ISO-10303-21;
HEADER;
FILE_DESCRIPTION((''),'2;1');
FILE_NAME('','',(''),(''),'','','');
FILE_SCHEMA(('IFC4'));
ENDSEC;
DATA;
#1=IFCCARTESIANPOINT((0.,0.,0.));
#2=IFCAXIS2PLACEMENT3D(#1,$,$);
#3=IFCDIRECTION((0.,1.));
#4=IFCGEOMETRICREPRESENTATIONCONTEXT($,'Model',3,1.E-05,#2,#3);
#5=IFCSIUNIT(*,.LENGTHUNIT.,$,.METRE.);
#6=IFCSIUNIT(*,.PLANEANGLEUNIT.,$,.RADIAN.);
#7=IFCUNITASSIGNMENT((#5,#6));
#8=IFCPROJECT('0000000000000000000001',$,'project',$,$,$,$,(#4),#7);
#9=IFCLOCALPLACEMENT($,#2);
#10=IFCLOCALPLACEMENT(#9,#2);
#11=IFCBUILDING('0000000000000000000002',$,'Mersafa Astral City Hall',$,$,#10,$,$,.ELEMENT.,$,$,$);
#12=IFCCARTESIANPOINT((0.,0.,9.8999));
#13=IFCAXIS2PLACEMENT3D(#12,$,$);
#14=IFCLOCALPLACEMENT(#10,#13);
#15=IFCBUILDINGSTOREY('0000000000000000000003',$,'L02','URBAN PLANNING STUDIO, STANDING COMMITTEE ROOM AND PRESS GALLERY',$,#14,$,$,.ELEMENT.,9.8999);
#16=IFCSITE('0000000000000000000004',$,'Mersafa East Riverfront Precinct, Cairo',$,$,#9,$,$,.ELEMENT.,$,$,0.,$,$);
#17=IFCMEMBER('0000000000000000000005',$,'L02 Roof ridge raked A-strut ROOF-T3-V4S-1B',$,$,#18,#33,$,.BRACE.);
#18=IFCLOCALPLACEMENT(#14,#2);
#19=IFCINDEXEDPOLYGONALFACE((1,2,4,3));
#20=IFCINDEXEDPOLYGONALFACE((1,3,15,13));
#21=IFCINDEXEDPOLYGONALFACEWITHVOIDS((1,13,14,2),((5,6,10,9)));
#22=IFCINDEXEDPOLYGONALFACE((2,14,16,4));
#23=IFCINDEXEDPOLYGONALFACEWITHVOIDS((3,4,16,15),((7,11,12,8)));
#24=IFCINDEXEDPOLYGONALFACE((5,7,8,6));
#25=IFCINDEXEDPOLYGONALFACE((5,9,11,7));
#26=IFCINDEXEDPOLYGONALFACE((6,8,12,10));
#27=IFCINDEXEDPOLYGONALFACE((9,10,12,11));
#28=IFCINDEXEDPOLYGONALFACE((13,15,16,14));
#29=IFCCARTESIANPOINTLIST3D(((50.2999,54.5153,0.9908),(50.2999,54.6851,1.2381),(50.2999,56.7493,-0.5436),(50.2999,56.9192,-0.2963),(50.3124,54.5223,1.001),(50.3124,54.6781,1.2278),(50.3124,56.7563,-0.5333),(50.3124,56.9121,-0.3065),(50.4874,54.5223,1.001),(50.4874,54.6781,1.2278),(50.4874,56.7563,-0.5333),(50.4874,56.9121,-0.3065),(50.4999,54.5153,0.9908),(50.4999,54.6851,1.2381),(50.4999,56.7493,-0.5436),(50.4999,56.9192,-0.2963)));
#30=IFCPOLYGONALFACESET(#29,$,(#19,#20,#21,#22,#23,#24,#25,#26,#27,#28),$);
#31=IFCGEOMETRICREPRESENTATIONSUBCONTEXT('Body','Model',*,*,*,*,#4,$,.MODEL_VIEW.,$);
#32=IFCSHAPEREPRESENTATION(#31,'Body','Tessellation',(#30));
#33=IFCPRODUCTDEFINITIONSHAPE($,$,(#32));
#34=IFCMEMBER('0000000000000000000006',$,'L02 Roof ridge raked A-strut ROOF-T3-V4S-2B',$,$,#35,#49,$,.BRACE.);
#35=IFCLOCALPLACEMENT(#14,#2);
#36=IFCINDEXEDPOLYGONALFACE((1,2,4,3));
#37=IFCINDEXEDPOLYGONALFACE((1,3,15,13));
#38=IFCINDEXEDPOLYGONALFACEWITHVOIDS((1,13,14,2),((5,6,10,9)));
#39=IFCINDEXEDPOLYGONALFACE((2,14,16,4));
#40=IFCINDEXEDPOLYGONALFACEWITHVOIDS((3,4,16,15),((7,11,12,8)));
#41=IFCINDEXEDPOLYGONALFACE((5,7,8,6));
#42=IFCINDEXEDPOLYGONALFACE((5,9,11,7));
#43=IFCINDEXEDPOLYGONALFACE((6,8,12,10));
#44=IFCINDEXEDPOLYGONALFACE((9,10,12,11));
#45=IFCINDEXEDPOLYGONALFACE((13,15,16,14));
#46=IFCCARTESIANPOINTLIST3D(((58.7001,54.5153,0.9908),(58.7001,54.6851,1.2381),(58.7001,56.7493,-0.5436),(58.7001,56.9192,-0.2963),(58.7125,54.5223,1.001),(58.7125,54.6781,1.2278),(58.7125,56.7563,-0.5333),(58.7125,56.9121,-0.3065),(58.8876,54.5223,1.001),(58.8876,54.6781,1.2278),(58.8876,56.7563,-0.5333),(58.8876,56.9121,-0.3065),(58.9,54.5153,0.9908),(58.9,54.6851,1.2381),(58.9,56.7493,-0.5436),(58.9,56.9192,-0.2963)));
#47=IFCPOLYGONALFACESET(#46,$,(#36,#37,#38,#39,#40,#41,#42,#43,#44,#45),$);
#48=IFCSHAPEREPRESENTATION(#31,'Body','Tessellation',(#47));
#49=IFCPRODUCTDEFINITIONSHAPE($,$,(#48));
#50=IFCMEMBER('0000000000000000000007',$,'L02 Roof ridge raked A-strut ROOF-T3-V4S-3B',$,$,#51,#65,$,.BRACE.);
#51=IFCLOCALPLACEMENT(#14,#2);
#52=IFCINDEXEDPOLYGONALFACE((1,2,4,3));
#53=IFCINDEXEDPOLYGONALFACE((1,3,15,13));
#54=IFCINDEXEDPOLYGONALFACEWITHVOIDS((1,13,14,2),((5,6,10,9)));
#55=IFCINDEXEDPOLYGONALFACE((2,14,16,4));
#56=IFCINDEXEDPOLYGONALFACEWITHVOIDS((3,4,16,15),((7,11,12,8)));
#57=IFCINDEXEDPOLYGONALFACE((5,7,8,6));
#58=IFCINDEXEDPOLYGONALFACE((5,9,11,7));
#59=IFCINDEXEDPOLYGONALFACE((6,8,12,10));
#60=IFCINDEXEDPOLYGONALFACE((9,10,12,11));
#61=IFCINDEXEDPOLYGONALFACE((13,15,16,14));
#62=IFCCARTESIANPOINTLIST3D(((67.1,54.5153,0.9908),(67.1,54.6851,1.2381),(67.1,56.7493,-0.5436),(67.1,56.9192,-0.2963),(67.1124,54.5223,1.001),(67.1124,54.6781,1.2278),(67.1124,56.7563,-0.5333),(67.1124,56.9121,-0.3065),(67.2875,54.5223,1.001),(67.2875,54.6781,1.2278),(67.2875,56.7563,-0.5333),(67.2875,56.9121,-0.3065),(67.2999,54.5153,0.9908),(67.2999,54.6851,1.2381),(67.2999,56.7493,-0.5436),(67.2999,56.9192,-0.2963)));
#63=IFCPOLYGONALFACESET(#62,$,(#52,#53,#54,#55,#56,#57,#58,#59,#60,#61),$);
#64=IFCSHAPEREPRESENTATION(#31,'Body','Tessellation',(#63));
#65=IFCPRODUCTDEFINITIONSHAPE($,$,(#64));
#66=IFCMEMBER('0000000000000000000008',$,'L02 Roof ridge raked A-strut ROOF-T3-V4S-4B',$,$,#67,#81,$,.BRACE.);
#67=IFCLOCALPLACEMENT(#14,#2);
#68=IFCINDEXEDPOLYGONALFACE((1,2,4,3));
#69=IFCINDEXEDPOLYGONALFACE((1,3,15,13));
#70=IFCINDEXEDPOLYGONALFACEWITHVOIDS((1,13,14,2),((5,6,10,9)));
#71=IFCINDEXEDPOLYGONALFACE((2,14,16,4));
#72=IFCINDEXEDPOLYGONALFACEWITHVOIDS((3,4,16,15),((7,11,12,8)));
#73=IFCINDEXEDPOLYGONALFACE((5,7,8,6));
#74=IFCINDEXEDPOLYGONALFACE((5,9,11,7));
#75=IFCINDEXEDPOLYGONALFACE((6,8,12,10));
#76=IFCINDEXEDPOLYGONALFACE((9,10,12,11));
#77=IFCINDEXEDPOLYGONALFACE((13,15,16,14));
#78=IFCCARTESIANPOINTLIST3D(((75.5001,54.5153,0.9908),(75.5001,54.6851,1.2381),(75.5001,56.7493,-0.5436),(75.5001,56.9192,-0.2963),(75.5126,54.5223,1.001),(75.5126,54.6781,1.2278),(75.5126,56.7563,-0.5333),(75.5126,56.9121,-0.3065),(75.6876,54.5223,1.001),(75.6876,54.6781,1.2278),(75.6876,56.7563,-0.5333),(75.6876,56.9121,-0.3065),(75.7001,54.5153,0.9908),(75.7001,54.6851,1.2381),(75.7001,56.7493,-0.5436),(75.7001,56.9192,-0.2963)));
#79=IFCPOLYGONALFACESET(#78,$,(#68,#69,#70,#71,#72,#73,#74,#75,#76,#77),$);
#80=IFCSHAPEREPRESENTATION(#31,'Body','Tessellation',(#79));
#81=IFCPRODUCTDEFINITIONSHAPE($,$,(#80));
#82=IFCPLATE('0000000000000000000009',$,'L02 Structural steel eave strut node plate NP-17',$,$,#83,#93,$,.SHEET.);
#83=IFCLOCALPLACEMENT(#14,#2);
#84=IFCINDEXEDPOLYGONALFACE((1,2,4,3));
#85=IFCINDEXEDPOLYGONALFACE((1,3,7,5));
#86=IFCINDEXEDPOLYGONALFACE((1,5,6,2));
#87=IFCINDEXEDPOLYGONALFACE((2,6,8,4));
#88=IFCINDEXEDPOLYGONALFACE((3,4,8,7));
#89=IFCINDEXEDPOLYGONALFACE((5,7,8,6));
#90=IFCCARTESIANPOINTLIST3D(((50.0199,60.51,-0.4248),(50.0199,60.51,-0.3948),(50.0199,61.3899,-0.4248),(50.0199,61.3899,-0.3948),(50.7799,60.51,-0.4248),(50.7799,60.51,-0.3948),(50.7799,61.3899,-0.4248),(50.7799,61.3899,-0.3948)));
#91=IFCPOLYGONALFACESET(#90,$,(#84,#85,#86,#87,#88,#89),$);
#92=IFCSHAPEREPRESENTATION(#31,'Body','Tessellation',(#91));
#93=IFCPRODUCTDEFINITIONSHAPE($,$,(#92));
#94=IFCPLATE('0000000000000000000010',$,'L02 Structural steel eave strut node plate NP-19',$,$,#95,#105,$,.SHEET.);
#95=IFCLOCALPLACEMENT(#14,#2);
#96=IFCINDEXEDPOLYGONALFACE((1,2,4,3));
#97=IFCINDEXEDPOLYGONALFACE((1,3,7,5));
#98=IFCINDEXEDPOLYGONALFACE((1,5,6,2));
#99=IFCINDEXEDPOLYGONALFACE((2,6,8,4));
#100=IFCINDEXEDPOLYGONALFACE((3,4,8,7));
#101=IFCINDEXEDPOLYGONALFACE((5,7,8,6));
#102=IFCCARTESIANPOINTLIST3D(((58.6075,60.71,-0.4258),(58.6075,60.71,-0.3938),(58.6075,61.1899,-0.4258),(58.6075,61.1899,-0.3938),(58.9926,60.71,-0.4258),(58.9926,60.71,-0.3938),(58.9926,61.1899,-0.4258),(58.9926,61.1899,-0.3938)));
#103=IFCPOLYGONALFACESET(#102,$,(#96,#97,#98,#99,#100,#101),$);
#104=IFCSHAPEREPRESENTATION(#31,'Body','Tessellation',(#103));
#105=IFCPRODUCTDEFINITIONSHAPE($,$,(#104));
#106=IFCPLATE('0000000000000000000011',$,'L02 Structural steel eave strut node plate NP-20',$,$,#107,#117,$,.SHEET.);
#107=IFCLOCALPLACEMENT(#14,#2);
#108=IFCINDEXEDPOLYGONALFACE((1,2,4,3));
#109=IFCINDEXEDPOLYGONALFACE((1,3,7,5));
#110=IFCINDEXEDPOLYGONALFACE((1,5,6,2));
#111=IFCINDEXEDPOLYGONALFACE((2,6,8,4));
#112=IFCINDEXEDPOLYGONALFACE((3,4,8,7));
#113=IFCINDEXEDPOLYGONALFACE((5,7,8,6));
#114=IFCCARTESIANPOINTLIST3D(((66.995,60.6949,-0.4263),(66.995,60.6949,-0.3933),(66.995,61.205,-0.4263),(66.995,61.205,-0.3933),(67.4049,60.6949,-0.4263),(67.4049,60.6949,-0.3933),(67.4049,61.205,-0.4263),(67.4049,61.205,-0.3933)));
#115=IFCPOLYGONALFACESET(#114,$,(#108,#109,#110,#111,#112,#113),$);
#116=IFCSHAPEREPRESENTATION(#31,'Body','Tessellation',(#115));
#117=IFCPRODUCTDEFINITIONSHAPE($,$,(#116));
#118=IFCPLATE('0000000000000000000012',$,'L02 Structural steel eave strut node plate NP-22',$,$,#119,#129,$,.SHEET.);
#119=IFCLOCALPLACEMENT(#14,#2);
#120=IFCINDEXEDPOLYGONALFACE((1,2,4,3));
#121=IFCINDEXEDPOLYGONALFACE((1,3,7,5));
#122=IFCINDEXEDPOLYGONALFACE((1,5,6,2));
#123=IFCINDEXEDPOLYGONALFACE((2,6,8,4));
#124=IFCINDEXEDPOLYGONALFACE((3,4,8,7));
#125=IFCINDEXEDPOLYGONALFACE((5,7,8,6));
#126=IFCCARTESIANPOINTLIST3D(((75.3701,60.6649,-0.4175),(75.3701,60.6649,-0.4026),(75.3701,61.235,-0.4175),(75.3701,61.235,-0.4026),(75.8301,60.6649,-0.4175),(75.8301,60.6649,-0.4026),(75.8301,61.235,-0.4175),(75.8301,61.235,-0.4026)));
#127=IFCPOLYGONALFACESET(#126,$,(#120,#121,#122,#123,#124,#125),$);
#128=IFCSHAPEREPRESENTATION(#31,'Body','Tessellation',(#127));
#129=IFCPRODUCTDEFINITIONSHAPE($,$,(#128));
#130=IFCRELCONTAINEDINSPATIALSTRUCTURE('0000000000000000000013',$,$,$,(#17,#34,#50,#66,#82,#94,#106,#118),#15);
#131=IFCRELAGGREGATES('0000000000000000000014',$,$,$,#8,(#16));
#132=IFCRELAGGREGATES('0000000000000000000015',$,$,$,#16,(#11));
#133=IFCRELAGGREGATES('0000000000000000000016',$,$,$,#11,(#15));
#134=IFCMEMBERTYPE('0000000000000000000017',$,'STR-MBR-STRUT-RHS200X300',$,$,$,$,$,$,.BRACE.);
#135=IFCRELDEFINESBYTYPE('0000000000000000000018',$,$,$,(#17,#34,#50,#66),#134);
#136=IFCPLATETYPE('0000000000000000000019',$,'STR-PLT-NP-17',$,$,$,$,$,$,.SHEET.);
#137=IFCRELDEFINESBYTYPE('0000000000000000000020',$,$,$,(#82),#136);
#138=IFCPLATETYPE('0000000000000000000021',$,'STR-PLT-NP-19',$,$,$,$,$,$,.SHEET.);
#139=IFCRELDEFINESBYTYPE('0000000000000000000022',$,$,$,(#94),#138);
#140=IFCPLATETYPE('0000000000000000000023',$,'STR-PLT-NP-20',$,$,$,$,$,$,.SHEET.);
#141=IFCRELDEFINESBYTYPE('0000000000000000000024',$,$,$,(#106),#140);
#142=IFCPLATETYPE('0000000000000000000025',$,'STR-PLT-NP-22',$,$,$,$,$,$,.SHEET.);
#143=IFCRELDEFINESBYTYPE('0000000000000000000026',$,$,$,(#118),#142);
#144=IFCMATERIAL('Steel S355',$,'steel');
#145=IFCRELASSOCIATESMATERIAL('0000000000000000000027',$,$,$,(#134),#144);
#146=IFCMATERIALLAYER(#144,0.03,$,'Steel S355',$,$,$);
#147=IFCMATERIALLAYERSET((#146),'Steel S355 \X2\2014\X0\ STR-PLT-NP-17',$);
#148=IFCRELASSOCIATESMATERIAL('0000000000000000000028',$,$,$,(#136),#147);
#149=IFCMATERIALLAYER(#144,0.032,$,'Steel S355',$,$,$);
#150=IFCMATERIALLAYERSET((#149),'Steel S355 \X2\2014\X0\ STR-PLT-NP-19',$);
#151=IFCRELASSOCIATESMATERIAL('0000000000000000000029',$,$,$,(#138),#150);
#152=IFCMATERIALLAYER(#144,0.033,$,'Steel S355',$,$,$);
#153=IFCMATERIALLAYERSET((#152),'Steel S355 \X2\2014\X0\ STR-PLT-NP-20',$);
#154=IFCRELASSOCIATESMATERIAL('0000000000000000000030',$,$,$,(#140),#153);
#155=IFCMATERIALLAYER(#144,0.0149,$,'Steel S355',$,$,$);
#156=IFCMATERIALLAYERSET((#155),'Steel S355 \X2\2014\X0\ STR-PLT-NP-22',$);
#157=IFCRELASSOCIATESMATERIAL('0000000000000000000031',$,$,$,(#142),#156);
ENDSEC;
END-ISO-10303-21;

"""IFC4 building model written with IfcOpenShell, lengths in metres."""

from ifc_helpers import new_model, si_unit, direction, frame, origin, origin_2d, place, context, subcontext, project, spatial, rectangle, hollow_rectangle, extrude, material, layer, layer_set, material_profile, profile_set, type_object, element, save


model = new_model("IFC4")

# Units and contexts
model_context = context("Model", 3, precision=1e-05, world=origin(), true_north=direction((0.0, 1.0)))
body_context = subcontext(model_context, "Body", "Model", "MODEL_VIEW")
ifc_project = project(units=[si_unit("LENGTHUNIT", "METRE"), si_unit("PLANEANGLEUNIT", "RADIAN")], contexts=[model_context])

# Site, building, storey
site_placement = place(None, origin())
site = spatial("IfcSite", under=ifc_project, at=site_placement, Name="Mersafa East Riverfront Precinct, Cairo", CompositionType="ELEMENT", RefElevation=0.0)
building_placement = place(site_placement, origin())
building = spatial("IfcBuilding", under=site, at=building_placement, Name="Mersafa Astral City Hall", CompositionType="ELEMENT")
storey_placement = place(building_placement, frame((0.0, 0.0, 9.8999)))
storey = spatial("IfcBuildingStorey", under=building, at=storey_placement, Name="L02", Description="URBAN PLANNING STUDIO, STANDING COMMITTEE ROOM AND PRESS GALLERY", CompositionType="ELEMENT", Elevation=9.8999)

# Shared definitions
ifc_material = material(Name="Steel S355", Category="steel")

# Members
ifc_material_profile_1 = material_profile(ifc_material, hollow_rectangle(XDim=0.2, YDim=0.3, WallThickness=0.0125, at=origin_2d()), Name="RHS 200x300x12.5")
ifc_profile_set_1 = profile_set([ifc_material_profile_1], Name="Steel S355")
member_type_1 = type_object("IfcMemberType", Name="STR-MBR-STRUT-RHS200X300", PredefinedType="BRACE", material=ifc_profile_set_1)
for number, where, z_axis, x_axis, name in (
    (1, (50.3999, 56.8342, -0.4199), (0.0, -0.824307, 0.566143), (1.0, 0.0, 0.0), "L02 Roof ridge raked A-strut ROOF-T3-V4S-1B"),
    (2, (58.8, 56.8342, -0.4199), (0.0, -0.824307, 0.566143), (1.0, 0.0, 0.0), "L02 Roof ridge raked A-strut ROOF-T3-V4S-2B"),
    (3, (67.2, 56.8342, -0.4199), (0.0, -0.824307, 0.566143), (1.0, 0.0, 0.0), "L02 Roof ridge raked A-strut ROOF-T3-V4S-3B"),
    (4, (75.6001, 56.8342, -0.4199), (0.0, -0.824307, 0.566143), (1.0, 0.0, 0.0), "L02 Roof ridge raked A-strut ROOF-T3-V4S-4B"),
):
    element("IfcMember", number, at=place(storey_placement, frame(where, z_axis=z_axis, x_axis=x_axis)), inside=storey, type_object=member_type_1, Name=name, PredefinedType="BRACE", context=body_context, shape_type="SweptSolid", body=[
        extrude(hollow_rectangle(XDim=0.2, YDim=0.3, WallThickness=0.0125, at=origin_2d()), origin(), (0.0, 0.0, 1.0), 2.7102),
    ])

# Plates
ifc_layer_1 = layer(ifc_material, 0.03, Name="Steel S355")
ifc_layer_set_1 = layer_set([ifc_layer_1], Name="Steel S355 — STR-PLT-NP-17")
plate_type_1 = type_object("IfcPlateType", Name="STR-PLT-NP-17", PredefinedType="SHEET", material=ifc_layer_set_1)
plate_1_placement = place(storey_placement, frame((50.3999, 60.95, -0.4248), z_axis=(0.0, 0.0, 1.0), x_axis=(1.0, 0.0, 0.0)))
element("IfcPlate", 5, at=plate_1_placement, inside=storey, type_object=plate_type_1, Name="L02 Structural steel eave strut node plate NP-17", PredefinedType="SHEET", context=body_context, shape_type="SweptSolid", body=[
    extrude(rectangle(XDim=0.76, YDim=0.8799, at=origin_2d()), origin(), (0.0, 0.0, 1.0), 0.03),
])
ifc_layer_2 = layer(ifc_material, 0.032, Name="Steel S355")
ifc_layer_set_2 = layer_set([ifc_layer_2], Name="Steel S355 — STR-PLT-NP-19")
plate_type_2 = type_object("IfcPlateType", Name="STR-PLT-NP-19", PredefinedType="SHEET", material=ifc_layer_set_2)
plate_2_placement = place(storey_placement, frame((58.8, 60.95, -0.4258), z_axis=(0.0, 0.0, 1.0), x_axis=(1.0, 0.0, 0.0)))
element("IfcPlate", 6, at=plate_2_placement, inside=storey, type_object=plate_type_2, Name="L02 Structural steel eave strut node plate NP-19", PredefinedType="SHEET", context=body_context, shape_type="SweptSolid", body=[
    extrude(rectangle(XDim=0.385, YDim=0.48, at=origin_2d()), origin(), (0.0, 0.0, 1.0), 0.032),
])
ifc_layer_3 = layer(ifc_material, 0.033, Name="Steel S355")
ifc_layer_set_3 = layer_set([ifc_layer_3], Name="Steel S355 — STR-PLT-NP-20")
plate_type_3 = type_object("IfcPlateType", Name="STR-PLT-NP-20", PredefinedType="SHEET", material=ifc_layer_set_3)
plate_3_placement = place(storey_placement, frame((67.2, 60.95, -0.4263), z_axis=(0.0, 0.0, 1.0), x_axis=(1.0, 0.0, 0.0)))
element("IfcPlate", 7, at=plate_3_placement, inside=storey, type_object=plate_type_3, Name="L02 Structural steel eave strut node plate NP-20", PredefinedType="SHEET", context=body_context, shape_type="SweptSolid", body=[
    extrude(rectangle(XDim=0.4099, YDim=0.51, at=origin_2d()), origin(), (0.0, 0.0, 1.0), 0.033),
])
ifc_layer_4 = layer(ifc_material, 0.0149, Name="Steel S355")
ifc_layer_set_4 = layer_set([ifc_layer_4], Name="Steel S355 — STR-PLT-NP-22")
plate_type_4 = type_object("IfcPlateType", Name="STR-PLT-NP-22", PredefinedType="SHEET", material=ifc_layer_set_4)
plate_4_placement = place(storey_placement, frame((75.6001, 60.95, -0.4175), z_axis=(0.0, 0.0, 1.0), x_axis=(1.0, 0.0, 0.0)))
element("IfcPlate", 8, at=plate_4_placement, inside=storey, type_object=plate_type_4, Name="L02 Structural steel eave strut node plate NP-22", PredefinedType="SHEET", context=body_context, shape_type="SweptSolid", body=[
    extrude(rectangle(XDim=0.46, YDim=0.5701, at=origin_2d()), origin(), (0.0, 0.0, 1.0), 0.0149),
])

save(model, "model.ifc")
